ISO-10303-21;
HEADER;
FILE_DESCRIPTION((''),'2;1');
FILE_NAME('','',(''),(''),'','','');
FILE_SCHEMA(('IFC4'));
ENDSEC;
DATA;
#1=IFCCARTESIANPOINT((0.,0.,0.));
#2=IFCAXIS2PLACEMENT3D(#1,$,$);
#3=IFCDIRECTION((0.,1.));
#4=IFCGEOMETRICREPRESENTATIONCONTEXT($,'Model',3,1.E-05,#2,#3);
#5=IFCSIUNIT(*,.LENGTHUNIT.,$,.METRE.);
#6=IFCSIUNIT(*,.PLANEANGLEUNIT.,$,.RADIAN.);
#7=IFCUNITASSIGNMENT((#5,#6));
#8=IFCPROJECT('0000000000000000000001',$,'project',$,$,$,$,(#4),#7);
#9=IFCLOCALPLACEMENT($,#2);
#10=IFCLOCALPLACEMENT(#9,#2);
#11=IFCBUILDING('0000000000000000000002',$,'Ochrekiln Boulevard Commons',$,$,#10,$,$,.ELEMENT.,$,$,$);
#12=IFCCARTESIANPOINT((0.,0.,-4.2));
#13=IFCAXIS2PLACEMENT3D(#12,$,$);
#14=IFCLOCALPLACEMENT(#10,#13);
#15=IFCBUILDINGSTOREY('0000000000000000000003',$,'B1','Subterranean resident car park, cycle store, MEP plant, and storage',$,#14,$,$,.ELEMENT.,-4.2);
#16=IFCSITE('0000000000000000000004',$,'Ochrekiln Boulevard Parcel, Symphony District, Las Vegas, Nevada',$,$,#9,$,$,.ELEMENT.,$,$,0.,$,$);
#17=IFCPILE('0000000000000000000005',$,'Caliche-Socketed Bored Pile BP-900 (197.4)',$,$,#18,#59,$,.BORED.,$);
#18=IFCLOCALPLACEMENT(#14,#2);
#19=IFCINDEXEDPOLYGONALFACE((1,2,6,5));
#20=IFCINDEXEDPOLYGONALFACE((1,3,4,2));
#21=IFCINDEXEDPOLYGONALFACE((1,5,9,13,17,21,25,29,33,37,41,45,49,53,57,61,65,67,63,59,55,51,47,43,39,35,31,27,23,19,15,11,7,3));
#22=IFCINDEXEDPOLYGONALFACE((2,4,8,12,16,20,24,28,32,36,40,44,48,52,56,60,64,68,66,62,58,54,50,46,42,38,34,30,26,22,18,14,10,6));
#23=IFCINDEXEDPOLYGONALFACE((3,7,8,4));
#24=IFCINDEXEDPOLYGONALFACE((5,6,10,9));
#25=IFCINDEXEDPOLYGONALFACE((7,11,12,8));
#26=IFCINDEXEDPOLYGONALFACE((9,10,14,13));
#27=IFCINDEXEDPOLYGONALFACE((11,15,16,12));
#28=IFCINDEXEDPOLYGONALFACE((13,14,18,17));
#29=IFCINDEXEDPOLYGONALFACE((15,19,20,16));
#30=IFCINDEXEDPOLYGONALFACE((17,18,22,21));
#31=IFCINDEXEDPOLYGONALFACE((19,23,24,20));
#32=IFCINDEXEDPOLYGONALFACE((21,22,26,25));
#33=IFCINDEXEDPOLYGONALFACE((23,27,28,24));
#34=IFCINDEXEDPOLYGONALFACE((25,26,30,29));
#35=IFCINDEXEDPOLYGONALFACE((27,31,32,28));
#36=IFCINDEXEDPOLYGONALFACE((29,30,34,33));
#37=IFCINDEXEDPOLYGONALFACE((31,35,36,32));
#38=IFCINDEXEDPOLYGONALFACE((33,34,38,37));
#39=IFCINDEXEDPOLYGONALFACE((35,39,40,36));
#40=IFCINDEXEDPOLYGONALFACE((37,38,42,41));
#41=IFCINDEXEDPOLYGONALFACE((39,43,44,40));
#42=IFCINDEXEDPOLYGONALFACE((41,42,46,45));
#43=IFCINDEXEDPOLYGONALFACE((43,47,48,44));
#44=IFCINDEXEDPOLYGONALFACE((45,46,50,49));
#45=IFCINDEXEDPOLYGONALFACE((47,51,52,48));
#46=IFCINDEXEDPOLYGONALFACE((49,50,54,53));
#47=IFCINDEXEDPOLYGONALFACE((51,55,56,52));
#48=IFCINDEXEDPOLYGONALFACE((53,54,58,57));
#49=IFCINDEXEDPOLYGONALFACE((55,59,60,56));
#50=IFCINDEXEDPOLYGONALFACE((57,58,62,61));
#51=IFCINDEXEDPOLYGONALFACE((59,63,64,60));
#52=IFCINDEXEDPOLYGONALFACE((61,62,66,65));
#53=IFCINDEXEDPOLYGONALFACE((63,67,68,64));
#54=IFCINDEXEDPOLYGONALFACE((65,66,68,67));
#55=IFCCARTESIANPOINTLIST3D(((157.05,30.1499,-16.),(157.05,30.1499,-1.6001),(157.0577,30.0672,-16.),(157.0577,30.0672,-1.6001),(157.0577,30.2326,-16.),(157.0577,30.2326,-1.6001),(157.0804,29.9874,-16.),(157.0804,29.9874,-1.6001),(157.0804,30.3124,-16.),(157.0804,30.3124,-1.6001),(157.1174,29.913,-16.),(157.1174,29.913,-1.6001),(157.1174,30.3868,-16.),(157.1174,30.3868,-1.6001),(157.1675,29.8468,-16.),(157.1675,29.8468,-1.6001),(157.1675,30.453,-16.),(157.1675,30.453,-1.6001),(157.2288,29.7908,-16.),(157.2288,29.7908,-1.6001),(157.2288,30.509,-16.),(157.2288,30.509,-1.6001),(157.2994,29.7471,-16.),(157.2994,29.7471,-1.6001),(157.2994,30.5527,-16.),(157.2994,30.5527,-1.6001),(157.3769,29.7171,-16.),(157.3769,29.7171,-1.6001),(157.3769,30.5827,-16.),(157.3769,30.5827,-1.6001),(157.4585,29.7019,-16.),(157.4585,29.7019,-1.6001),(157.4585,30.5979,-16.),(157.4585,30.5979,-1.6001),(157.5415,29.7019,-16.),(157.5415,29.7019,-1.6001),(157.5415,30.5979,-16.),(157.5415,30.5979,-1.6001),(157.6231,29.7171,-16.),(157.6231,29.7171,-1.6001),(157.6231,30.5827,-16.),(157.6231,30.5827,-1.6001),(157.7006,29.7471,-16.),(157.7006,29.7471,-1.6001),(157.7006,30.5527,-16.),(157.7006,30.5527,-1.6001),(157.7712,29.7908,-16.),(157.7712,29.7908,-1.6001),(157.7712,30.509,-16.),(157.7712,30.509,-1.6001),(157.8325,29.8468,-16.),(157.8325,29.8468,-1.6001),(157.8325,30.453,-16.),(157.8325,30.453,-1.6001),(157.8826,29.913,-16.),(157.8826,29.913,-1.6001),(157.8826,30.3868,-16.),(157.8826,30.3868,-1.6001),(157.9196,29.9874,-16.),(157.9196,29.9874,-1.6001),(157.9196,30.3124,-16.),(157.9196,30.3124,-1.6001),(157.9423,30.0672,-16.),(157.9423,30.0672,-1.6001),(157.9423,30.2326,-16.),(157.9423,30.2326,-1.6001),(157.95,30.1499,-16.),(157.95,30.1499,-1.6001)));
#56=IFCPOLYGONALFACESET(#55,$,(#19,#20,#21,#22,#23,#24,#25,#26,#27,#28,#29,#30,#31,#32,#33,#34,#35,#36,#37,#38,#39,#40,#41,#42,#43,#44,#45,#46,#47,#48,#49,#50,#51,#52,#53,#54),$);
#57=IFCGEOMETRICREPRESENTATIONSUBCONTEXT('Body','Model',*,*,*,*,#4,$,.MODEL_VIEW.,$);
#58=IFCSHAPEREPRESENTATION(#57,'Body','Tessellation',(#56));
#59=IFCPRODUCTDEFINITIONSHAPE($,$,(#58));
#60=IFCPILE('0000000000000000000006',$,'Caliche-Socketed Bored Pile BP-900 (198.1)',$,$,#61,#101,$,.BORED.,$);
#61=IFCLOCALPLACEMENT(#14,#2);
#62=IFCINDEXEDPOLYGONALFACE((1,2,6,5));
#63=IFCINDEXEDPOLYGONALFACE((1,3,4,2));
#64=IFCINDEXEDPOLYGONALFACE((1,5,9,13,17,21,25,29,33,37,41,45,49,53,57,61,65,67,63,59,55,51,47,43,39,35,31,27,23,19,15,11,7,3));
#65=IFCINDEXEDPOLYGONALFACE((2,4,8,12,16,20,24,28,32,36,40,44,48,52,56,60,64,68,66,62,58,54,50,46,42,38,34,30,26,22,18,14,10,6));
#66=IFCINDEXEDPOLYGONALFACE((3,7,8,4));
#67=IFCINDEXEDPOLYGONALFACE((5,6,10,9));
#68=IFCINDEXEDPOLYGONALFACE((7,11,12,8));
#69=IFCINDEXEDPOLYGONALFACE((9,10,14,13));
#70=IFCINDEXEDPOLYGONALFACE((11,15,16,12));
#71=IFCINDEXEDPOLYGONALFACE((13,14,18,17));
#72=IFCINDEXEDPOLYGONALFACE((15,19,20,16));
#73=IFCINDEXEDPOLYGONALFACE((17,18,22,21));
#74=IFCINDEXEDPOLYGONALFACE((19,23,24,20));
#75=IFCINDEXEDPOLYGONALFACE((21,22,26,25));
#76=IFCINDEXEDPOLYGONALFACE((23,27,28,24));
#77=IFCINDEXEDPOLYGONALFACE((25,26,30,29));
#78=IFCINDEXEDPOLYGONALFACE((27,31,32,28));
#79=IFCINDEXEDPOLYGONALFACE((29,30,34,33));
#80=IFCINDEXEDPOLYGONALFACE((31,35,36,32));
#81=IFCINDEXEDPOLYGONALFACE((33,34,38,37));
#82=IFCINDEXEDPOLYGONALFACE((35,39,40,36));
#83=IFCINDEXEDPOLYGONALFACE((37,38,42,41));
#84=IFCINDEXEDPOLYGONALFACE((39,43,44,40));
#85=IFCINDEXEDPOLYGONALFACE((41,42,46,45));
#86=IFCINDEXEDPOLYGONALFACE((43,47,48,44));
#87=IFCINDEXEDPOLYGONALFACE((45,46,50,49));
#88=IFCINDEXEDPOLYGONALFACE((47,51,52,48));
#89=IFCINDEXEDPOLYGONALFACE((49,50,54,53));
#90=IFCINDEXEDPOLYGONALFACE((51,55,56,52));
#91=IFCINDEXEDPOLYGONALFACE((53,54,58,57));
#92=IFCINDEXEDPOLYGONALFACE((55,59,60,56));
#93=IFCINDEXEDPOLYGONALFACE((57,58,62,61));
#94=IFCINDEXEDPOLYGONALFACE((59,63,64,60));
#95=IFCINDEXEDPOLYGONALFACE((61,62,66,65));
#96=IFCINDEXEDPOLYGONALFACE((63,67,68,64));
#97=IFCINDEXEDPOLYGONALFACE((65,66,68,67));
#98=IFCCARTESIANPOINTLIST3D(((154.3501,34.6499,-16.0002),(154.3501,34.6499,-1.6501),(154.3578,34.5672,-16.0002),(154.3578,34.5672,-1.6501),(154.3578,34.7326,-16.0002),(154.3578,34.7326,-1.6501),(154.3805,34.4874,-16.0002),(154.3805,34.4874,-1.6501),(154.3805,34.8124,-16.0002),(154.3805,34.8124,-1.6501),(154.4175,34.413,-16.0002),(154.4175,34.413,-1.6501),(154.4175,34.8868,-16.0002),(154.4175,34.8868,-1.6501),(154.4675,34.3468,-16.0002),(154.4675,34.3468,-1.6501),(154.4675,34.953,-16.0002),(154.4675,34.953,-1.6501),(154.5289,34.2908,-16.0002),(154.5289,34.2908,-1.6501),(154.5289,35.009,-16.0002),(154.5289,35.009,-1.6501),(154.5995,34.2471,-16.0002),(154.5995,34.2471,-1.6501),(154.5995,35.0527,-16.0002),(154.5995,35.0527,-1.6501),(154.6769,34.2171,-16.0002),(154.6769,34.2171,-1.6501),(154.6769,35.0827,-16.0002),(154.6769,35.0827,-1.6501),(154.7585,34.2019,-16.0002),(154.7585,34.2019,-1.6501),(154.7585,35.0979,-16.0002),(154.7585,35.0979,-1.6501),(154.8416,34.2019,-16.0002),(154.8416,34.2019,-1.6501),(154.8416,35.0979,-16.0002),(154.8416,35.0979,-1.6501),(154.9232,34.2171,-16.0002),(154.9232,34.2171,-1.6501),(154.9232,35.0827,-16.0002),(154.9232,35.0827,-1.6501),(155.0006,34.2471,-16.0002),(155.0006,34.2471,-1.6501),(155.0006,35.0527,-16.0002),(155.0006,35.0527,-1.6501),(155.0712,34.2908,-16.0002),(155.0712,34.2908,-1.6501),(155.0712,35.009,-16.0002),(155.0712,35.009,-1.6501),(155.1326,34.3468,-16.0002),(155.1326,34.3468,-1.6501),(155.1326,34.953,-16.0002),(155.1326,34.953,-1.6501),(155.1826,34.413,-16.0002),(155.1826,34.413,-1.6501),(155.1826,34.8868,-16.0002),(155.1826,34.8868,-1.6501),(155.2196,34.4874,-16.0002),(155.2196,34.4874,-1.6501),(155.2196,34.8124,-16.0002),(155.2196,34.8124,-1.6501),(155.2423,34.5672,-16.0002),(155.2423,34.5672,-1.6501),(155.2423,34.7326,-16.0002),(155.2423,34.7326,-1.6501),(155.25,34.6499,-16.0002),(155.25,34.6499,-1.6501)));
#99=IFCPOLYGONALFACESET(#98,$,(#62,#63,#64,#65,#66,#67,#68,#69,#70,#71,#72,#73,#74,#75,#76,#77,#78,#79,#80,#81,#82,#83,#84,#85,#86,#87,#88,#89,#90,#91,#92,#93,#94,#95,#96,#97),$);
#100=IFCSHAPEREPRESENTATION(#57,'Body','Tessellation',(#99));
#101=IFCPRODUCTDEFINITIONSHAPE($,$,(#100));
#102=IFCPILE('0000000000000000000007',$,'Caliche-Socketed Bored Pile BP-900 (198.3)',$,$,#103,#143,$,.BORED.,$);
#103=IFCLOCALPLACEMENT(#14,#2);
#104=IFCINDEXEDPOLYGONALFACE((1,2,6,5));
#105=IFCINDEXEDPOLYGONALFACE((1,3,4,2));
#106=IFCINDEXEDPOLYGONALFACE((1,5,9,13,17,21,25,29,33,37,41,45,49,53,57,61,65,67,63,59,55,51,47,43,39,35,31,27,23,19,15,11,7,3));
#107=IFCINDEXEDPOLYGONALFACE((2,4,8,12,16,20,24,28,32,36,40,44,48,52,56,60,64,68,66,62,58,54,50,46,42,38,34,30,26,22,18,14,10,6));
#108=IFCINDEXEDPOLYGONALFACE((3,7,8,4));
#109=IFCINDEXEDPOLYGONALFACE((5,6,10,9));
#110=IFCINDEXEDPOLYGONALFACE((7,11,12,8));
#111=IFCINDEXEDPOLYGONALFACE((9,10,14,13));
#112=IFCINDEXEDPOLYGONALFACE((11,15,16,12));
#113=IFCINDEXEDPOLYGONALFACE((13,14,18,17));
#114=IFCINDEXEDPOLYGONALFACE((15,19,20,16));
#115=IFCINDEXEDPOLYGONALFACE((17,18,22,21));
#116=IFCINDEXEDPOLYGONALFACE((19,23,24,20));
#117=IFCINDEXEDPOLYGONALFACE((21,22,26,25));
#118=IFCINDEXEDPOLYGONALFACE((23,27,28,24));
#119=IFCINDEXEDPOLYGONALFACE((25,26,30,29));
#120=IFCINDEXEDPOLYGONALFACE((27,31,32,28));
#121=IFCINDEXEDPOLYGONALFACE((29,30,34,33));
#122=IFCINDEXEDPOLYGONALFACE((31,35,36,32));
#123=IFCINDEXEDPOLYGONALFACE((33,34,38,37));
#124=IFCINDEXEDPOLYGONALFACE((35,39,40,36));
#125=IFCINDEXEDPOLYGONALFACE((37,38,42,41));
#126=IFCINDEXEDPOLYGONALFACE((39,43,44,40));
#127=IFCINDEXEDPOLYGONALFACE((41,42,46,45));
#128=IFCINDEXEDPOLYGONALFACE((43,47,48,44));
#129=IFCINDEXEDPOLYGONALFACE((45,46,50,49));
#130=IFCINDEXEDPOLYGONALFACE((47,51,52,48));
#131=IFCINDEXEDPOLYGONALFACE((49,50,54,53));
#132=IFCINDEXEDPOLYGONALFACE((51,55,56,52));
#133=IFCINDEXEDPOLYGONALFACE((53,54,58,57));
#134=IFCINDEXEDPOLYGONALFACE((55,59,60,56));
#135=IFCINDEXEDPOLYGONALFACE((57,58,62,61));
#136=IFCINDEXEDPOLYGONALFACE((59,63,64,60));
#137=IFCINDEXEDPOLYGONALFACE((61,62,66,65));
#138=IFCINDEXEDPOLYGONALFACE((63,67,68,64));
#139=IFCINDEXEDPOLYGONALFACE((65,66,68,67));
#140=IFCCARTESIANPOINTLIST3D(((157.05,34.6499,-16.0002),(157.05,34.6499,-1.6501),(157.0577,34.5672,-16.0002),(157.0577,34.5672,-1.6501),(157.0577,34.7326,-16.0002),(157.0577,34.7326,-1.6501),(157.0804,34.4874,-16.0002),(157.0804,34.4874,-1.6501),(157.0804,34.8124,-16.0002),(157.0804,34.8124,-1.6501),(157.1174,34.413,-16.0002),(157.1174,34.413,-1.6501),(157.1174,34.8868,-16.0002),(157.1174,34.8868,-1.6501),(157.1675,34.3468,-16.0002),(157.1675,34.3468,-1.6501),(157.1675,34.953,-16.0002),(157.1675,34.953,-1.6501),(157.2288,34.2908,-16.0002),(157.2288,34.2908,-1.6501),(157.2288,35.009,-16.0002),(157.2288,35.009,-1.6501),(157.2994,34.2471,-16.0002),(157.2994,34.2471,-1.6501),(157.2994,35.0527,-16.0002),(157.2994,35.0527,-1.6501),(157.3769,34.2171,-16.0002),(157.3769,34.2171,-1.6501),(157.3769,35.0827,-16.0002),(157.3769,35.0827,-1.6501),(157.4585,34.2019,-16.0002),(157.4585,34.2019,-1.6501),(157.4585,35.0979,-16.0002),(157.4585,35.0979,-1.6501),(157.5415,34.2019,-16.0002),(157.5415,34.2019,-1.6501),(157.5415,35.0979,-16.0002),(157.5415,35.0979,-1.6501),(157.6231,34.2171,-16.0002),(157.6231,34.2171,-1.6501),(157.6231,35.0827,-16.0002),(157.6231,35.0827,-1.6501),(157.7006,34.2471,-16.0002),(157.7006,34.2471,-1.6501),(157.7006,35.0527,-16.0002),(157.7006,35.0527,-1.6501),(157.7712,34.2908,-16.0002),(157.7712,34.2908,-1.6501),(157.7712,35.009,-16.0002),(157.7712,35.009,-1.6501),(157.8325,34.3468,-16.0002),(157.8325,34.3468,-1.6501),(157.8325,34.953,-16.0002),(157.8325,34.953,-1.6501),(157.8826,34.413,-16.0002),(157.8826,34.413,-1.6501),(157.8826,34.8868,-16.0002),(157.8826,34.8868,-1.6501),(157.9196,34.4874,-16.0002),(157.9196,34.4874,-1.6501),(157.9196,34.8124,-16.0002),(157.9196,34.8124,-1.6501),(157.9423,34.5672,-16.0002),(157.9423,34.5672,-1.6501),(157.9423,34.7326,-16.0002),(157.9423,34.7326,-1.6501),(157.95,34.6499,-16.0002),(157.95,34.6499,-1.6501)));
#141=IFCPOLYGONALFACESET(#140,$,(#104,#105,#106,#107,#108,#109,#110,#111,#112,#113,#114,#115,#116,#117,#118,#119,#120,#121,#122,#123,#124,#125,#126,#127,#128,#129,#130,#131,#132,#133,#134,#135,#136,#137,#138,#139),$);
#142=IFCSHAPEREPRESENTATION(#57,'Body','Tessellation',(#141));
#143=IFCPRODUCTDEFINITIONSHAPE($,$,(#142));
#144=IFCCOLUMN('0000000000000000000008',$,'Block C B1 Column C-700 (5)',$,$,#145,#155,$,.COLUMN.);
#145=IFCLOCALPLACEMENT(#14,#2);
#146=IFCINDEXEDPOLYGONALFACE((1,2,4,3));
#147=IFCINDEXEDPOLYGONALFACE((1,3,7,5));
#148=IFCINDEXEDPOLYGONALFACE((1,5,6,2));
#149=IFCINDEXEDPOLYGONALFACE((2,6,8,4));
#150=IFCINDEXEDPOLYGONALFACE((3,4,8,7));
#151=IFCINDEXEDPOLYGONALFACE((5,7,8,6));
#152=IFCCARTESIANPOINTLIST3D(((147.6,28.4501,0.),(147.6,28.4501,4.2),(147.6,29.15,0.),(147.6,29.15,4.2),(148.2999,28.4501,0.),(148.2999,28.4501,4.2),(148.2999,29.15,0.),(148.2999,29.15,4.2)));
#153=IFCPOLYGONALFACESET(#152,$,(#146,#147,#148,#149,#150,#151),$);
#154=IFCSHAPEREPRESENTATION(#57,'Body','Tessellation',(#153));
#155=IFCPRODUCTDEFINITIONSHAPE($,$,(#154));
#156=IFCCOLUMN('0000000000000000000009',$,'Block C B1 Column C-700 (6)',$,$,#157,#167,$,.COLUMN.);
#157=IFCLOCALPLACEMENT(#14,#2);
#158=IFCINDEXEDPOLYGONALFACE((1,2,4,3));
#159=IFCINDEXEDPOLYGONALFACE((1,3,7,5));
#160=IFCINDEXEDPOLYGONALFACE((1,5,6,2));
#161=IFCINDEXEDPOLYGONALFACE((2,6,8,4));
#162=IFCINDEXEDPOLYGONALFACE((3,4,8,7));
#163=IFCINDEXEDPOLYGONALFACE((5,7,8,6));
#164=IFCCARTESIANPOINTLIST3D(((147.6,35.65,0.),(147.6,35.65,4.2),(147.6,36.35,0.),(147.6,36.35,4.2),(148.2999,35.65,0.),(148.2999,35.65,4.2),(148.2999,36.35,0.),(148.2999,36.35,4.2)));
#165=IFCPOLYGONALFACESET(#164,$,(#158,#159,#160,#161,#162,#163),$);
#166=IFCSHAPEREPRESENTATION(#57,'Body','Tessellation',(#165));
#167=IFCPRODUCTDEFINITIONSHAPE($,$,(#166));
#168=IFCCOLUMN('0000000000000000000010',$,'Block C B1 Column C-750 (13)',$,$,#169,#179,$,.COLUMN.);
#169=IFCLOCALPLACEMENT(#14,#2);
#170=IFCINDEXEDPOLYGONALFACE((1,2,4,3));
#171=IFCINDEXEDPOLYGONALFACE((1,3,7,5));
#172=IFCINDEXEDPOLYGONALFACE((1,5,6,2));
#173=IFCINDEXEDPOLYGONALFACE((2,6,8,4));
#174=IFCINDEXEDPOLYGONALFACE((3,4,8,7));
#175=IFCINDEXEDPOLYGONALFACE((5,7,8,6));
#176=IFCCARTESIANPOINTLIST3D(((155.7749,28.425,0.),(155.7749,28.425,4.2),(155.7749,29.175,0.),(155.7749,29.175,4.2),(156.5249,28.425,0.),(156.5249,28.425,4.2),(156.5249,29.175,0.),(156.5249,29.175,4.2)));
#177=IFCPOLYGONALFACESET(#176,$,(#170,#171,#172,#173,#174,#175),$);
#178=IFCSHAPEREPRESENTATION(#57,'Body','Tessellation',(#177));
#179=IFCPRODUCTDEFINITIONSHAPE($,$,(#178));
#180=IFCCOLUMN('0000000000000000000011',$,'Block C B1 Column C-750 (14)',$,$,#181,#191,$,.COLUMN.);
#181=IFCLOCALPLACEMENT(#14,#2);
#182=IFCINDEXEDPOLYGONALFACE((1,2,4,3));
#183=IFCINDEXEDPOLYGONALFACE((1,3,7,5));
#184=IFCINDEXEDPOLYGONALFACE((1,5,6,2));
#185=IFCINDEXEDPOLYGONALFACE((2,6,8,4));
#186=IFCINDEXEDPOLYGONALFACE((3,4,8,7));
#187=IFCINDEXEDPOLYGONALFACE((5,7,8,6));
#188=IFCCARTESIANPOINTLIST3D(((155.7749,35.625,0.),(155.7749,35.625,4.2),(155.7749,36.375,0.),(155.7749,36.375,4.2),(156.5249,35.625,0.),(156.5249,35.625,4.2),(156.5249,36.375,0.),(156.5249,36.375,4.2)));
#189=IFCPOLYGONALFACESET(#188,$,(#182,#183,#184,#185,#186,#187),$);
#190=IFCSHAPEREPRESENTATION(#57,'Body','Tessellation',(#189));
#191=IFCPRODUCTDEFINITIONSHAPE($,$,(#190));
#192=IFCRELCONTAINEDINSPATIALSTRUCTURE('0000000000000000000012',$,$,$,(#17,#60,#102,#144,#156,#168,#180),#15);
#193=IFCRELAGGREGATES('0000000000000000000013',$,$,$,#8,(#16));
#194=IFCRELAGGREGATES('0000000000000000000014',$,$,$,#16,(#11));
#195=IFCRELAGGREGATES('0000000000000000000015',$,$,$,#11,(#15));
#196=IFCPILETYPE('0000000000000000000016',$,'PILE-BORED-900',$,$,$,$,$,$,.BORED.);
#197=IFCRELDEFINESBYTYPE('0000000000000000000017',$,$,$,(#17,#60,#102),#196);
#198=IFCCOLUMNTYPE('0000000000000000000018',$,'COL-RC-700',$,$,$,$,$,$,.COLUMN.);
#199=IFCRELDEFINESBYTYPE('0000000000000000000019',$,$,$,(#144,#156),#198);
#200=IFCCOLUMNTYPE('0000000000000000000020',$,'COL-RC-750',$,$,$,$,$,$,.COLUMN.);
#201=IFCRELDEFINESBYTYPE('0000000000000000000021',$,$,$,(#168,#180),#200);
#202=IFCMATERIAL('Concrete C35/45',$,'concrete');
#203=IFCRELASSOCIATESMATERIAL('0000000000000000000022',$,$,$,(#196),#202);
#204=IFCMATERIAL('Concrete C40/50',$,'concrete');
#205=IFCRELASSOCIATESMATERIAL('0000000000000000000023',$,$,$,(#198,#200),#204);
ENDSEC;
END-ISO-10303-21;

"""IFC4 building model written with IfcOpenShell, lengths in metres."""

from ifc_helpers import new_model, si_unit, direction, frame, origin, origin_2d, place, context, subcontext, project, spatial, rectangle, circle, extrude, material, material_profile, profile_set, type_object, element, save


model = new_model("IFC4")

# Units and contexts
model_context = context("Model", 3, precision=1e-05, world=origin(), true_north=direction((0.0, 1.0)))
body_context = subcontext(model_context, "Body", "Model", "MODEL_VIEW")
ifc_project = project(units=[si_unit("LENGTHUNIT", "METRE"), si_unit("PLANEANGLEUNIT", "RADIAN")], contexts=[model_context])

# Site, building, storey
site_placement = place(None, origin())
site = spatial("IfcSite", under=ifc_project, at=site_placement, Name="Ochrekiln Boulevard Parcel, Symphony District, Las Vegas, Nevada", CompositionType="ELEMENT", RefElevation=0.0)
building_placement = place(site_placement, origin())
building = spatial("IfcBuilding", under=site, at=building_placement, Name="Ochrekiln Boulevard Commons", CompositionType="ELEMENT")
storey_placement = place(building_placement, frame((0.0, 0.0, -4.2)))
storey = spatial("IfcBuildingStorey", under=building, at=storey_placement, Name="B1", Description="Subterranean resident car park, cycle store, MEP plant, and storage", CompositionType="ELEMENT", Elevation=-4.2)

# Shared definitions
ifc_material_1 = material(Name="Concrete C35/45", Category="concrete")

# Piles
ifc_material_profile_1 = material_profile(ifc_material_1, circle(Radius=0.45, at=origin_2d()), Name="PILE-D900")
ifc_profile_set_1 = profile_set([ifc_material_profile_1], Name="Concrete C35/45")
pile_type = type_object("IfcPileType", Name="PILE-BORED-900", PredefinedType="BORED", material=ifc_profile_set_1)
for number, where, z_axis, x_axis, name in (
    (1, (157.5, 30.1499, -1.6001), (0.0, 0.0, -1.0), (1.0, 0.0, 0.0), "Caliche-Socketed Bored Pile BP-900 (197.4)"),
):
    element("IfcPile", number, at=place(storey_placement, frame(where, z_axis=z_axis, x_axis=x_axis)), inside=storey, type_object=pile_type, Name=name, PredefinedType="BORED", context=body_context, shape_type="SweptSolid", body=[
        extrude(circle(Radius=0.45, at=origin_2d()), origin(), (0.0, 0.0, 1.0), 14.3999),
    ])
for number, where, z_axis, x_axis, name in (
    (2, (154.8, 34.6499, -1.6501), (0.0, 0.0, -1.0), (1.0, 0.0, 0.0), "Caliche-Socketed Bored Pile BP-900 (198.1)"),
    (3, (157.5, 34.6499, -1.6501), (0.0, 0.0, -1.0), (1.0, 0.0, 0.0), "Caliche-Socketed Bored Pile BP-900 (198.3)"),
):
    element("IfcPile", number, at=place(storey_placement, frame(where, z_axis=z_axis, x_axis=x_axis)), inside=storey, type_object=pile_type, Name=name, PredefinedType="BORED", context=body_context, shape_type="SweptSolid", body=[
        extrude(circle(Radius=0.45, at=origin_2d()), origin(), (0.0, 0.0, 1.0), 14.3501),
    ])

# Columns
ifc_material_2 = material(Name="Concrete C40/50", Category="concrete")
ifc_material_profile_2 = material_profile(ifc_material_2, rectangle(XDim=0.7, YDim=0.7, at=origin_2d()), Name="RC-COL-700x700")
ifc_profile_set_2 = profile_set([ifc_material_profile_2], Name="Concrete C40/50")
column_type_1 = type_object("IfcColumnType", Name="COL-RC-700", PredefinedType="COLUMN", material=ifc_profile_set_2)
for number, where, z_axis, x_axis, name in (
    (4, (147.95, 28.8, 0.0), (0.0, 0.0, 1.0), (1.0, 0.0, 0.0), "Block C B1 Column C-700 (5)"),
    (5, (147.95, 36.0, 0.0), (0.0, 0.0, 1.0), (1.0, 0.0, 0.0), "Block C B1 Column C-700 (6)"),
):
    element("IfcColumn", number, at=place(storey_placement, frame(where, z_axis=z_axis, x_axis=x_axis)), inside=storey, type_object=column_type_1, Name=name, PredefinedType="COLUMN", context=body_context, shape_type="SweptSolid", body=[
        extrude(rectangle(XDim=0.7, YDim=0.7, at=origin_2d()), origin(), (0.0, 0.0, 1.0), 4.2),
    ])
ifc_material_profile_3 = material_profile(ifc_material_2, rectangle(XDim=0.75, YDim=0.75, at=origin_2d()), Name="RC-COL-750x750")
ifc_profile_set_3 = profile_set([ifc_material_profile_3], Name="Concrete C40/50")
column_type_2 = type_object("IfcColumnType", Name="COL-RC-750", PredefinedType="COLUMN", material=ifc_profile_set_3)
for number, where, z_axis, x_axis, name in (
    (6, (156.1499, 28.8, 0.0), (0.0, 0.0, 1.0), (1.0, 0.0, 0.0), "Block C B1 Column C-750 (13)"),
    (7, (156.1499, 36.0, 0.0), (0.0, 0.0, 1.0), (1.0, 0.0, 0.0), "Block C B1 Column C-750 (14)"),
):
    element("IfcColumn", number, at=place(storey_placement, frame(where, z_axis=z_axis, x_axis=x_axis)), inside=storey, type_object=column_type_2, Name=name, PredefinedType="COLUMN", context=body_context, shape_type="SweptSolid", body=[
        extrude(rectangle(XDim=0.75, YDim=0.75, at=origin_2d()), origin(), (0.0, 0.0, 1.0), 4.2),
    ])

save(model, "model.ifc")
